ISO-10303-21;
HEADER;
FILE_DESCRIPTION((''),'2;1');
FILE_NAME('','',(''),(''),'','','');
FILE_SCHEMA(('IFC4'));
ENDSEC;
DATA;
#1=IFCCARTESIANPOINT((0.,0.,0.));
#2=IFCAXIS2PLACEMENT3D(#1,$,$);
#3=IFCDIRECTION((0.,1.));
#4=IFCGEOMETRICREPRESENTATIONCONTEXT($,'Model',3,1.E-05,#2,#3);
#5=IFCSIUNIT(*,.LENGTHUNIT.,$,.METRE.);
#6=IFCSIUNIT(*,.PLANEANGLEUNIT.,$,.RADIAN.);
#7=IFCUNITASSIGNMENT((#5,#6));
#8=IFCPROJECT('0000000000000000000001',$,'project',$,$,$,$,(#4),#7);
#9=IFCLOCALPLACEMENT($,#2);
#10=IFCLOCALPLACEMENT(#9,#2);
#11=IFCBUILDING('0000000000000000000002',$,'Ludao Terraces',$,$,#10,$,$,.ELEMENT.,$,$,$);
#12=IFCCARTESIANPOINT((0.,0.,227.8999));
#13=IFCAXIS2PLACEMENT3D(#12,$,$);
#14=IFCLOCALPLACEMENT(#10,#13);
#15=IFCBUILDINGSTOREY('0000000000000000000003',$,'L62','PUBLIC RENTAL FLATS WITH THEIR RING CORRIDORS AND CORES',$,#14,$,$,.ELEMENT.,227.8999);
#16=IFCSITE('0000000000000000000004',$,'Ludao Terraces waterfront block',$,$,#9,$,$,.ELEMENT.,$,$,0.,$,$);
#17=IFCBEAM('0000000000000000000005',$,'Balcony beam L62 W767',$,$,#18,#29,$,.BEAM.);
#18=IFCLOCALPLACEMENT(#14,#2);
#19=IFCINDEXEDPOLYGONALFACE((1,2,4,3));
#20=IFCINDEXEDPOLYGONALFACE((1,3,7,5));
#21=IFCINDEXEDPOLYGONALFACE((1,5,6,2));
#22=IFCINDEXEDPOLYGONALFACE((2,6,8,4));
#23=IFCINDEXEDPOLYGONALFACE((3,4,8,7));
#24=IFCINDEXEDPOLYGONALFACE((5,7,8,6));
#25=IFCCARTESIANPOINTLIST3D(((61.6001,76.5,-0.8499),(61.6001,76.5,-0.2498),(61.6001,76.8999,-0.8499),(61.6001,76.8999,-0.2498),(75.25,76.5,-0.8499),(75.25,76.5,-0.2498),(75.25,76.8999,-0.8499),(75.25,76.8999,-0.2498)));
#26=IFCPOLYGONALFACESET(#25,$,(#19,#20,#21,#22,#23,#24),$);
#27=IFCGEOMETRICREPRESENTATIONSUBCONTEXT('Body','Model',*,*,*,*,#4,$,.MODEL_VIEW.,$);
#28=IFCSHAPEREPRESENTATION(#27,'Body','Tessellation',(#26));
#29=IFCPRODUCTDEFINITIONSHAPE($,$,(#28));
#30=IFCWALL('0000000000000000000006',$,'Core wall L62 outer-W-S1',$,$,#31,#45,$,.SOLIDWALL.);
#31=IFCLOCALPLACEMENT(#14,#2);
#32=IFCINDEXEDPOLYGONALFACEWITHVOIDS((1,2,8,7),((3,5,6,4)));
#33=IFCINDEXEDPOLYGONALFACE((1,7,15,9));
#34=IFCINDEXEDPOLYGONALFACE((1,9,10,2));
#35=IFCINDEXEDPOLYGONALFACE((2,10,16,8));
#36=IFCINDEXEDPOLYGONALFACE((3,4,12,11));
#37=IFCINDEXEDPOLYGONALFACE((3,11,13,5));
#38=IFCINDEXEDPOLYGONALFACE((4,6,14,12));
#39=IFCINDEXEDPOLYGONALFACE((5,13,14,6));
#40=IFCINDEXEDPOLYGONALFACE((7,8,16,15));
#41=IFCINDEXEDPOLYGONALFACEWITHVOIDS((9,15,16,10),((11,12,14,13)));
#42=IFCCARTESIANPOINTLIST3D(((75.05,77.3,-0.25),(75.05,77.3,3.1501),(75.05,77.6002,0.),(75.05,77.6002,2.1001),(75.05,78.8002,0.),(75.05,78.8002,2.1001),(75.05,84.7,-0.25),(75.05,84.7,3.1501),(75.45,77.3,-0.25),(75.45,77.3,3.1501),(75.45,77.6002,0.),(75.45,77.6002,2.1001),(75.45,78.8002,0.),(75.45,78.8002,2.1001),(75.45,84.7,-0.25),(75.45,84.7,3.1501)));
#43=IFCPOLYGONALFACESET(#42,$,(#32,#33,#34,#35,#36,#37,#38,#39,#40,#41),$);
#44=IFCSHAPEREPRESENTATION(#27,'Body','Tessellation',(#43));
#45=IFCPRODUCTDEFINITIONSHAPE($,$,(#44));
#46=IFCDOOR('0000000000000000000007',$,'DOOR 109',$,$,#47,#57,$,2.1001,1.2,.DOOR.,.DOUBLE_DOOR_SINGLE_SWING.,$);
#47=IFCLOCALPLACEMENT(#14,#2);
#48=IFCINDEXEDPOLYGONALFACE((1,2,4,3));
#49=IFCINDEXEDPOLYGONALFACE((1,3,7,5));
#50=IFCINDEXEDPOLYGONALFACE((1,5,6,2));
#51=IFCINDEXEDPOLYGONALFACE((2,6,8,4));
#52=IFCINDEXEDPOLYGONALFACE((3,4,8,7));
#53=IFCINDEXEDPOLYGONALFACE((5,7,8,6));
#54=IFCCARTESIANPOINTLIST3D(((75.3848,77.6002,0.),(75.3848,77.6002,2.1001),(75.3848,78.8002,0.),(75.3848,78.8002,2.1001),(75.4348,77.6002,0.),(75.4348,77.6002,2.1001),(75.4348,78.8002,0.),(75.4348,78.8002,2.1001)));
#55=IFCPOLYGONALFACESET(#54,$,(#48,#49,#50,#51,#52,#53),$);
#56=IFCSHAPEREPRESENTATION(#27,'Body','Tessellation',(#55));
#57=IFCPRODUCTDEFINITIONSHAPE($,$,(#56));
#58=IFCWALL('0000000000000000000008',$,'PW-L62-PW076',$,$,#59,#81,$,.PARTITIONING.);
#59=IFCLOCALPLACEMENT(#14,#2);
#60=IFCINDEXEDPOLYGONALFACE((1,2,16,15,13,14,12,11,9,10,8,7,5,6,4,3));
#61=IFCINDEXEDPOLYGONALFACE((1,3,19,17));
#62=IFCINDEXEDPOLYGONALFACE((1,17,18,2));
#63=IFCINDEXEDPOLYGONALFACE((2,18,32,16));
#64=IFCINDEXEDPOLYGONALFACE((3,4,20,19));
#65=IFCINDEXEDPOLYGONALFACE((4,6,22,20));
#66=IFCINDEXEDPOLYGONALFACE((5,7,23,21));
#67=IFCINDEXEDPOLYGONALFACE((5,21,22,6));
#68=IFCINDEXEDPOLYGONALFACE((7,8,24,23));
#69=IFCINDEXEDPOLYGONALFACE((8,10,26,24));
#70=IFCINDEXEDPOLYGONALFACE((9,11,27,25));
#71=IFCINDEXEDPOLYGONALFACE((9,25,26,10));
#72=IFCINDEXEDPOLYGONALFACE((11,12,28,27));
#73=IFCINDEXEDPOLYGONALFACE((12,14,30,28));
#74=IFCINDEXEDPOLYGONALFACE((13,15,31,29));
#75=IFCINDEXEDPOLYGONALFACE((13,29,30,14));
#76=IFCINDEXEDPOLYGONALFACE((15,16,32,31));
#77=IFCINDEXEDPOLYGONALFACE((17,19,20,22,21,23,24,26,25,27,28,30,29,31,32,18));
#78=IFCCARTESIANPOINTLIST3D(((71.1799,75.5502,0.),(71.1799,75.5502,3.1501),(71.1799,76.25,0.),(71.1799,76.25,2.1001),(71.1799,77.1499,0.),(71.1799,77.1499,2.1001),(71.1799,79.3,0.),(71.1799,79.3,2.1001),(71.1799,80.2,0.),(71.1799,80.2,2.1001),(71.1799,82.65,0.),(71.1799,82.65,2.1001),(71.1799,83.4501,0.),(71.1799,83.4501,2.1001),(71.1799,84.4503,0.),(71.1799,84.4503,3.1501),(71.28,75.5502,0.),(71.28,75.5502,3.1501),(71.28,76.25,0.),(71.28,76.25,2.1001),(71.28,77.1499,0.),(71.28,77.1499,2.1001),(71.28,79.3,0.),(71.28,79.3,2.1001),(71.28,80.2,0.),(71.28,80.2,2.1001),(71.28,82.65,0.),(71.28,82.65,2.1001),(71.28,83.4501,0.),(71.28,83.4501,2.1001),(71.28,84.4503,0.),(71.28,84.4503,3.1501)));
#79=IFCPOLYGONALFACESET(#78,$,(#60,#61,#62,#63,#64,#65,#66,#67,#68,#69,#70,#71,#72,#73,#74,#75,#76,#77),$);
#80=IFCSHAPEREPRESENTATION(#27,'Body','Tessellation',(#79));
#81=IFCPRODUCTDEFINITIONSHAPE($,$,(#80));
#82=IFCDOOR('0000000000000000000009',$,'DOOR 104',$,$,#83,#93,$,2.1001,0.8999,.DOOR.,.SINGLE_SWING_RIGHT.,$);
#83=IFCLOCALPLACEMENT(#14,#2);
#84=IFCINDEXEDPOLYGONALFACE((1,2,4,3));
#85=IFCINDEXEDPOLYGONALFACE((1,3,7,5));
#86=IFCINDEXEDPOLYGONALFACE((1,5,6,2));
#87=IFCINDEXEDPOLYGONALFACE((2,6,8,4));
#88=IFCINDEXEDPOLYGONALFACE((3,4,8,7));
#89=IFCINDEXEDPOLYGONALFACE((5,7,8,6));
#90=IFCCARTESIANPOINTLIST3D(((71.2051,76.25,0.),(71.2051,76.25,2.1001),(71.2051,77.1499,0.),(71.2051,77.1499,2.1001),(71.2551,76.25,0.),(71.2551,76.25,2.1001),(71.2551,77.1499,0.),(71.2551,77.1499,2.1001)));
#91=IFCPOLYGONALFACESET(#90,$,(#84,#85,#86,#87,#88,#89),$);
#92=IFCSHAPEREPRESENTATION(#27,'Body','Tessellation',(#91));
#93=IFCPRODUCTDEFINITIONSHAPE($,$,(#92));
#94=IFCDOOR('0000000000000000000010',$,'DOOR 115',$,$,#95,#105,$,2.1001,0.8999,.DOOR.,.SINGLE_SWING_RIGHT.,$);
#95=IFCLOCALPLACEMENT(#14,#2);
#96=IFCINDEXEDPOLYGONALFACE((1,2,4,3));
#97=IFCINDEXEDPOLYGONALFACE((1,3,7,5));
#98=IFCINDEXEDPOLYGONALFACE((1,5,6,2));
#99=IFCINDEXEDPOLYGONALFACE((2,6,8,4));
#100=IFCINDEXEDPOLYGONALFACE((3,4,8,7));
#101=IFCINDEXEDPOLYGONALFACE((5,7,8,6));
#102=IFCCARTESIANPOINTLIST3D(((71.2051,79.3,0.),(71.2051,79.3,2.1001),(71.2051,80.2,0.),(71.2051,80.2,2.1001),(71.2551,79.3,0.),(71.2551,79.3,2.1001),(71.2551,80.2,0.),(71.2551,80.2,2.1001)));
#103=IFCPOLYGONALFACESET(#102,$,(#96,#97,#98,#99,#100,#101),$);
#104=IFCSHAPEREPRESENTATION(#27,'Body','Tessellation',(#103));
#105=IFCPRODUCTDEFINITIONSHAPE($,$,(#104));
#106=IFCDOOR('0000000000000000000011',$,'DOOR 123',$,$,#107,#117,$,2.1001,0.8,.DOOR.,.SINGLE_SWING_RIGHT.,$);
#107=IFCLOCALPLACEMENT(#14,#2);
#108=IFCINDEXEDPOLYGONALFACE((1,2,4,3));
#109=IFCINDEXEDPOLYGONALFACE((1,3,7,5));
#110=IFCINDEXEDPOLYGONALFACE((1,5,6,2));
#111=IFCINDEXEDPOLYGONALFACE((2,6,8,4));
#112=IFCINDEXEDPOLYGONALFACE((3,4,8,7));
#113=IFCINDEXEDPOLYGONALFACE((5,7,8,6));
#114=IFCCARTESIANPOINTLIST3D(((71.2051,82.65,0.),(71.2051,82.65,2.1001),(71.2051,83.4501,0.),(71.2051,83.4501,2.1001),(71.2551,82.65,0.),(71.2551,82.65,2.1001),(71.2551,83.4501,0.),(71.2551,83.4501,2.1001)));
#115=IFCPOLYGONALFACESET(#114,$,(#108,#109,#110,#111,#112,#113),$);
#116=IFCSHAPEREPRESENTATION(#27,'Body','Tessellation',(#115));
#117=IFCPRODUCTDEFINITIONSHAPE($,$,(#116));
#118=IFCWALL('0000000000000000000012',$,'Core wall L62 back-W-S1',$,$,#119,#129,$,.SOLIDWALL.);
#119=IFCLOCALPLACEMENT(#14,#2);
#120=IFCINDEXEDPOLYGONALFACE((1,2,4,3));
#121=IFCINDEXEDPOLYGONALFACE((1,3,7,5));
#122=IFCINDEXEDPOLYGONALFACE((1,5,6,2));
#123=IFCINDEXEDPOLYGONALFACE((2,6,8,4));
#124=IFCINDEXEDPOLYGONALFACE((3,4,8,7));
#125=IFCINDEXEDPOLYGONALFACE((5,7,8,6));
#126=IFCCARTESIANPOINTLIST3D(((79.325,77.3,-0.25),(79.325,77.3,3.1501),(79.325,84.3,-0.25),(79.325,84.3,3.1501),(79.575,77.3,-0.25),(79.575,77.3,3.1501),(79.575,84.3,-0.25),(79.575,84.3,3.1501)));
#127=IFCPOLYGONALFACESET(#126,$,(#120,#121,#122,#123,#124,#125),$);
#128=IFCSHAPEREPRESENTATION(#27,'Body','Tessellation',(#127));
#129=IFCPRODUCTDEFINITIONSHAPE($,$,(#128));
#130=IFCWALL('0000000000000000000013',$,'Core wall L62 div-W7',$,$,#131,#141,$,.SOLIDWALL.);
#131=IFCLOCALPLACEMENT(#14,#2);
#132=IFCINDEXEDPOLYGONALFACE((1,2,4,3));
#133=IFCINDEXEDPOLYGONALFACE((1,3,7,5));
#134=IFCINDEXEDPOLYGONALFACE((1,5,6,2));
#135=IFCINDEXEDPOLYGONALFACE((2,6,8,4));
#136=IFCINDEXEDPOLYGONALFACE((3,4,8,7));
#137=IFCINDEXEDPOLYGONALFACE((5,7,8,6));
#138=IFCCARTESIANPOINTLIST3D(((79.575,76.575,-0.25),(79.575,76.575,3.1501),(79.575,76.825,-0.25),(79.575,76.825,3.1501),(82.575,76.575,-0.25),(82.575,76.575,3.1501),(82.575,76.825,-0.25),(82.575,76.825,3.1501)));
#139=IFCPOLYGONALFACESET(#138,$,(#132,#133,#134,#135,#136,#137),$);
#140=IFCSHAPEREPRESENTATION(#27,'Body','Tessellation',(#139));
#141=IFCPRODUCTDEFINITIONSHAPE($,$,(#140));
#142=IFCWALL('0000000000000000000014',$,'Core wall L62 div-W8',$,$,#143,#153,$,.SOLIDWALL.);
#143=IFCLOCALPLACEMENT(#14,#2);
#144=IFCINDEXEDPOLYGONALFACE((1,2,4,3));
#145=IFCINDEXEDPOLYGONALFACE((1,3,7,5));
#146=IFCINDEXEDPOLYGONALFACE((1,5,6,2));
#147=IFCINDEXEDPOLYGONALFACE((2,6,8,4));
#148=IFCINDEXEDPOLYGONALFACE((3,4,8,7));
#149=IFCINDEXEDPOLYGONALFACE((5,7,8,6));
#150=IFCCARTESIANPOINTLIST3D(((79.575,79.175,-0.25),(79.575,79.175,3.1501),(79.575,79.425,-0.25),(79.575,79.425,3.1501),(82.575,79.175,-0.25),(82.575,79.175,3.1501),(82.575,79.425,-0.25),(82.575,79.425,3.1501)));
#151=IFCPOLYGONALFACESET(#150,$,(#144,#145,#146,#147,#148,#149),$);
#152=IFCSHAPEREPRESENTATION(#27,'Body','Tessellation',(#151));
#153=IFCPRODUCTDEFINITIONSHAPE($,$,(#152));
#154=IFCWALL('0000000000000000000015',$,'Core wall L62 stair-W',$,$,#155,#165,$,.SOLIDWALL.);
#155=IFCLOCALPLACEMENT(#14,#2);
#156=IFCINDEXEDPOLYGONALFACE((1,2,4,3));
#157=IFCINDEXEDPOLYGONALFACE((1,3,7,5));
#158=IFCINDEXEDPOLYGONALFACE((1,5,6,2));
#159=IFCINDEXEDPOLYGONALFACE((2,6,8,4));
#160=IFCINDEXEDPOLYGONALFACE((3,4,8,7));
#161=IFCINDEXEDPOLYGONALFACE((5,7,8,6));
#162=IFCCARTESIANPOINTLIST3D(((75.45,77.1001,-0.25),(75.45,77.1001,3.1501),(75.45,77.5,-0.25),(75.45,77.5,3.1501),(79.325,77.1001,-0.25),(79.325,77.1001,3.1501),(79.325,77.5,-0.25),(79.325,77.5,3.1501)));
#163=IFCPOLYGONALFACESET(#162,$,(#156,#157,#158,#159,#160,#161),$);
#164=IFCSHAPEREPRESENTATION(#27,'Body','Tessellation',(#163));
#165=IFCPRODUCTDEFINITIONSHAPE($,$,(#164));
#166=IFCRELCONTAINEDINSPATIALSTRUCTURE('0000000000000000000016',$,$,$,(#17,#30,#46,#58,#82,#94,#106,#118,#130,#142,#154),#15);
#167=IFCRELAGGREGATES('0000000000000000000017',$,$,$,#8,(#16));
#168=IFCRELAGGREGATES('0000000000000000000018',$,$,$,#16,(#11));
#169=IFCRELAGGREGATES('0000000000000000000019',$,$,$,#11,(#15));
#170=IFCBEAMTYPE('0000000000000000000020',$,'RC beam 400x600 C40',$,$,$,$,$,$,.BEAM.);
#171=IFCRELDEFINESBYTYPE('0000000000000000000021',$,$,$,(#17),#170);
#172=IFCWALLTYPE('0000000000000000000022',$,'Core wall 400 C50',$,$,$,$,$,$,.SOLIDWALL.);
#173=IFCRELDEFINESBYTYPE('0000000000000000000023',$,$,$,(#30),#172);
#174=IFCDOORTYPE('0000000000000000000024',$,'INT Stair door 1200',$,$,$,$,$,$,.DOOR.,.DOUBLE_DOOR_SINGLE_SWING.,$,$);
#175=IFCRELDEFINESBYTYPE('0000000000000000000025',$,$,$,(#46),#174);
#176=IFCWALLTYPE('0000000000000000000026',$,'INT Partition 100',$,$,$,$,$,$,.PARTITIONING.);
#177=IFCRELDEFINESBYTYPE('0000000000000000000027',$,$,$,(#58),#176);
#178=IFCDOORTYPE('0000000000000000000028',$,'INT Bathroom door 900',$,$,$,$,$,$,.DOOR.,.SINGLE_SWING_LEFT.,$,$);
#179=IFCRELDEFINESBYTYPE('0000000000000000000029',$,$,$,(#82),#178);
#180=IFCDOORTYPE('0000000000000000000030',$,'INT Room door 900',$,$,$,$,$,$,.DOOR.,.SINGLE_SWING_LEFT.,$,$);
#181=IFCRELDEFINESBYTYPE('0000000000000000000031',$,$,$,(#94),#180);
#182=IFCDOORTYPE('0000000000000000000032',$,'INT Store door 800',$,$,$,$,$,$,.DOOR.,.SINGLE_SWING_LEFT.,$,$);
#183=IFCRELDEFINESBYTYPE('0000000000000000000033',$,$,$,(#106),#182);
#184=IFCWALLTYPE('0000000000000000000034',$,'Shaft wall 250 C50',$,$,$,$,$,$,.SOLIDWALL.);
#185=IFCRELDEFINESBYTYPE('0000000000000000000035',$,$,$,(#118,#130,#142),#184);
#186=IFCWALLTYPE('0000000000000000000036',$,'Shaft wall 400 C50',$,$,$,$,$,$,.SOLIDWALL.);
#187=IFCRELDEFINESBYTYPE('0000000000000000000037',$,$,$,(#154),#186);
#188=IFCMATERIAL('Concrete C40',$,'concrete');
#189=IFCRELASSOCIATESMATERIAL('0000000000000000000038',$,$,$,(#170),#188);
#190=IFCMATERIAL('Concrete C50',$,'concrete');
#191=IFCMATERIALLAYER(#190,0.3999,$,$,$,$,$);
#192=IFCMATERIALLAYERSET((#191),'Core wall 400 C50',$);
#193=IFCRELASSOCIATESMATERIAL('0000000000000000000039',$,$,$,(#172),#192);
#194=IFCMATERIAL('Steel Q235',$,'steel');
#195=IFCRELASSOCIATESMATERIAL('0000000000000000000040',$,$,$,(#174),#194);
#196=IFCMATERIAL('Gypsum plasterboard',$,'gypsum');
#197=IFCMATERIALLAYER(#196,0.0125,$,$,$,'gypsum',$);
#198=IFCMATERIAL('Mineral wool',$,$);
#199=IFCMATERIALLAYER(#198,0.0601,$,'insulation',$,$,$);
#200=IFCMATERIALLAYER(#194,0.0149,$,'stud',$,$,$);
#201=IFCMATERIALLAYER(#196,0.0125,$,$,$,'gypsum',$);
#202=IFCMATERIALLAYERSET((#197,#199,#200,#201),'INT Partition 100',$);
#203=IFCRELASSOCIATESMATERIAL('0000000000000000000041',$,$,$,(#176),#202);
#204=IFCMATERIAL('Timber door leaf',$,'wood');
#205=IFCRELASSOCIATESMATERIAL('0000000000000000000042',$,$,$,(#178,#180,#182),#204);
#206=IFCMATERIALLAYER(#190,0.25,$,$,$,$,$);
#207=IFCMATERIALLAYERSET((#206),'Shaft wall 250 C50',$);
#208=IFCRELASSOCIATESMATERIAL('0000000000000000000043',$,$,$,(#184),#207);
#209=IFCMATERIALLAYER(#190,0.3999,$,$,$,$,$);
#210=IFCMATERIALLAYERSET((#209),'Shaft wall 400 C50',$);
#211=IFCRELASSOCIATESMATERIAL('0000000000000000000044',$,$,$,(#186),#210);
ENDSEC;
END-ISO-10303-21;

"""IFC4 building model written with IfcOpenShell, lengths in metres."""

from ifc_helpers import new_model, si_unit, direction, frame, frame_2d, origin, origin_2d, place, context, subcontext, project, spatial, rectangle, extrude, material, layer, layer_set, material_profile, profile_set, type_object, element, fill, save


model = new_model("IFC4")

# Units and contexts
model_context = context("Model", 3, precision=1e-05, world=origin(), true_north=direction((0.0, 1.0)))
body_context = subcontext(model_context, "Body", "Model", "MODEL_VIEW")
ifc_project = project(units=[si_unit("LENGTHUNIT", "METRE"), si_unit("PLANEANGLEUNIT", "RADIAN")], contexts=[model_context])

# Site, building, storey
site_placement = place(None, origin())
site = spatial("IfcSite", under=ifc_project, at=site_placement, Name="Ludao Terraces waterfront block", CompositionType="ELEMENT", RefElevation=0.0)
building_placement = place(site_placement, origin())
building = spatial("IfcBuilding", under=site, at=building_placement, Name="Ludao Terraces", CompositionType="ELEMENT")
storey_placement = place(building_placement, frame((0.0, 0.0, 227.8999)))
storey = spatial("IfcBuildingStorey", under=building, at=storey_placement, Name="L62", Description="PUBLIC RENTAL FLATS WITH THEIR RING CORRIDORS AND CORES", CompositionType="ELEMENT", Elevation=227.8999)

# Beam
ifc_material_1 = material(Name="Concrete C40", Category="concrete")
ifc_material_profile = material_profile(ifc_material_1, rectangle(XDim=0.3999, YDim=0.6001, at=origin_2d()), Name="400 X 600")
ifc_profile_set = profile_set([ifc_material_profile], Name="Concrete C40")
beam_type = type_object("IfcBeamType", Name="RC beam 400x600 C40", PredefinedType="BEAM", material=ifc_profile_set)
beam_placement = place(storey_placement, frame((75.25, 76.7, -0.5498), z_axis=(-1.0, 0.0, 0.0), x_axis=(0.0, -1.0, 0.0)))
element("IfcBeam", 1, at=beam_placement, inside=storey, type_object=beam_type, Name="Balcony beam L62 W767", PredefinedType="BEAM", context=body_context, shape_type="SweptSolid", body=[
    extrude(rectangle(XDim=0.3999, YDim=0.6001, at=origin_2d()), origin(), (0.0, 0.0, 1.0), 13.6499),
])

# Wall, opening, door
ifc_material_2 = material(Name="Concrete C50", Category="concrete")
ifc_layer_1 = layer(ifc_material_2, 0.3999)
ifc_layer_set_1 = layer_set([ifc_layer_1], Name="Core wall 400 C50")
wall_type_1 = type_object("IfcWallType", Name="Core wall 400 C50", PredefinedType="SOLIDWALL", material=ifc_layer_set_1)
wall_1_placement = place(storey_placement, frame((75.25, 77.3, -0.25), z_axis=(0.0, 0.0, 1.0), x_axis=(0.0, 1.0, 0.0)))
wall_1 = element("IfcWall", 2, at=wall_1_placement, inside=storey, type_object=wall_type_1, Name="Core wall L62 outer-W-S1", PredefinedType="SOLIDWALL", context=body_context, shape_type="SweptSolid", body=[
    extrude(rectangle(XDim=7.3999, YDim=0.3999, at=frame_2d((3.7, 0.0))), origin(), (0.0, 0.0, 1.0), 3.4001),
])
opening_1_placement = place(wall_1_placement, frame((0.3, 0.0, 0.25)))
opening_1 = element("IfcOpeningElement", 3, at=opening_1_placement, cuts=wall_1, PredefinedType="OPENING", context=body_context, shape_type="SweptSolid", body=[
    extrude(rectangle(XDim=1.2, YDim=2.1001, at=frame_2d((0.6001, 1.05))), frame((0.0, 0.21, 0.0), z_axis=(0.0, -1.0, 0.0), x_axis=(1.0, 0.0, 0.0)), (0.0, 0.0, 1.0), 0.4199),
])
ifc_material_3 = material(Name="Steel Q235", Category="steel")
door_type_1 = type_object("IfcDoorType", Name="INT Stair door 1200", OperationType="DOUBLE_DOOR_SINGLE_SWING", PredefinedType="DOOR", material=ifc_material_3)
door_1_placement = place(opening_1_placement, origin())
door_1 = element("IfcDoor", 4, at=door_1_placement, inside=storey, type_object=door_type_1, Name="DOOR 109", OperationType="DOUBLE_DOOR_SINGLE_SWING", OverallHeight=2.1001, OverallWidth=1.2, PredefinedType="DOOR", context=body_context, shape_type="SweptSolid", body=[
    extrude(rectangle(XDim=1.2, YDim=2.1001, at=frame_2d((0.6001, 1.05))), frame((0.0, -0.1348, 0.0), z_axis=(0.0, -1.0, 0.0), x_axis=(1.0, 0.0, 0.0)), (0.0, 0.0, 1.0), 0.05),
])
fill(opening_1, door_1)

# Wall, openings, doors
ifc_material_4 = material(Name="Gypsum plasterboard", Category="gypsum")
ifc_layer_2 = layer(ifc_material_4, 0.0125, Category="gypsum")
ifc_material_5 = material(Name="Mineral wool")
ifc_layer_3 = layer(ifc_material_5, 0.0601, Name="insulation")
ifc_layer_4 = layer(ifc_material_3, 0.0149, Name="stud")
ifc_layer_5 = layer(ifc_material_4, 0.0125, Category="gypsum")
ifc_layer_set_2 = layer_set([ifc_layer_2, ifc_layer_3, ifc_layer_4, ifc_layer_5], Name="INT Partition 100")
wall_type_2 = type_object("IfcWallType", Name="INT Partition 100", PredefinedType="PARTITIONING", material=ifc_layer_set_2)
wall_2_placement = place(storey_placement, frame((71.23, 75.55, 0.0), z_axis=(0.0, 0.0, 1.0), x_axis=(0.0, 1.0, 0.0)))
wall_2 = element("IfcWall", 5, at=wall_2_placement, inside=storey, type_object=wall_type_2, Name="PW-L62-PW076", PredefinedType="PARTITIONING", context=body_context, shape_type="SweptSolid", body=[
    extrude(rectangle(XDim=8.9001, YDim=0.1001, at=frame_2d((4.4502, 0.0))), origin(), (0.0, 0.0, 1.0), 3.1501),
])
opening_2_placement = place(wall_2_placement, frame((0.7, 0.0, 0.0)))
opening_2 = element("IfcOpeningElement", 6, at=opening_2_placement, cuts=wall_2, PredefinedType="OPENING", context=body_context, shape_type="SweptSolid", body=[
    extrude(rectangle(XDim=0.8999, YDim=2.1001, at=frame_2d((0.45, 1.05))), frame((0.0, 0.0601, 0.0), z_axis=(0.0, -1.0, 0.0), x_axis=(1.0, 0.0, 0.0)), (0.0, 0.0, 1.0), 0.1201),
])
opening_3_placement = place(wall_2_placement, frame((3.75, 0.0, 0.0)))
opening_3 = element("IfcOpeningElement", 7, at=opening_3_placement, cuts=wall_2, PredefinedType="OPENING", context=body_context, shape_type="SweptSolid", body=[
    extrude(rectangle(XDim=0.8999, YDim=2.1001, at=frame_2d((0.45, 1.05))), frame((0.0, 0.0601, 0.0), z_axis=(0.0, -1.0, 0.0), x_axis=(1.0, 0.0, 0.0)), (0.0, 0.0, 1.0), 0.1201),
])
opening_4_placement = place(wall_2_placement, frame((7.1001, 0.0, 0.0)))
opening_4 = element("IfcOpeningElement", 8, at=opening_4_placement, cuts=wall_2, PredefinedType="OPENING", context=body_context, shape_type="SweptSolid", body=[
    extrude(rectangle(XDim=0.8, YDim=2.1001, at=frame_2d((0.3999, 1.05))), frame((0.0, 0.0601, 0.0), z_axis=(0.0, -1.0, 0.0), x_axis=(1.0, 0.0, 0.0)), (0.0, 0.0, 1.0), 0.1201),
])
ifc_material_6 = material(Name="Timber door leaf", Category="wood")
door_type_2 = type_object("IfcDoorType", Name="INT Bathroom door 900", OperationType="SINGLE_SWING_LEFT", PredefinedType="DOOR", material=ifc_material_6)
door_2_placement = place(opening_2_placement, origin())
door_2 = element("IfcDoor", 9, at=door_2_placement, inside=storey, type_object=door_type_2, Name="DOOR 104", OperationType="SINGLE_SWING_RIGHT", OverallHeight=2.1001, OverallWidth=0.8999, PredefinedType="DOOR", context=body_context, shape_type="SweptSolid", body=[
    extrude(rectangle(XDim=0.8999, YDim=2.1001, at=frame_2d((0.45, 1.05))), frame((0.0, 0.0249, 0.0), z_axis=(0.0, -1.0, 0.0), x_axis=(1.0, 0.0, 0.0)), (0.0, 0.0, 1.0), 0.05),
])
fill(opening_2, door_2)
door_type_3 = type_object("IfcDoorType", Name="INT Room door 900", OperationType="SINGLE_SWING_LEFT", PredefinedType="DOOR", material=ifc_material_6)
door_3_placement = place(opening_3_placement, origin())
door_3 = element("IfcDoor", 10, at=door_3_placement, inside=storey, type_object=door_type_3, Name="DOOR 115", OperationType="SINGLE_SWING_RIGHT", OverallHeight=2.1001, OverallWidth=0.8999, PredefinedType="DOOR", context=body_context, shape_type="SweptSolid", body=[
    extrude(rectangle(XDim=0.8999, YDim=2.1001, at=frame_2d((0.45, 1.05))), frame((0.0, 0.0249, 0.0), z_axis=(0.0, -1.0, 0.0), x_axis=(1.0, 0.0, 0.0)), (0.0, 0.0, 1.0), 0.05),
])
fill(opening_3, door_3)
door_type_4 = type_object("IfcDoorType", Name="INT Store door 800", OperationType="SINGLE_SWING_LEFT", PredefinedType="DOOR", material=ifc_material_6)
door_4_placement = place(opening_4_placement, origin())
door_4 = element("IfcDoor", 11, at=door_4_placement, inside=storey, type_object=door_type_4, Name="DOOR 123", OperationType="SINGLE_SWING_RIGHT", OverallHeight=2.1001, OverallWidth=0.8, PredefinedType="DOOR", context=body_context, shape_type="SweptSolid", body=[
    extrude(rectangle(XDim=0.8, YDim=2.1001, at=frame_2d((0.3999, 1.05))), frame((0.0, 0.0249, 0.0), z_axis=(0.0, -1.0, 0.0), x_axis=(1.0, 0.0, 0.0)), (0.0, 0.0, 1.0), 0.05),
])
fill(opening_4, door_4)

# Walls
ifc_layer_6 = layer(ifc_material_2, 0.25)
ifc_layer_set_3 = layer_set([ifc_layer_6], Name="Shaft wall 250 C50")
wall_type_3 = type_object("IfcWallType", Name="Shaft wall 250 C50", PredefinedType="SOLIDWALL", material=ifc_layer_set_3)
wall_3_placement = place(storey_placement, frame((79.45, 77.3, -0.25), z_axis=(0.0, 0.0, 1.0), x_axis=(0.0, 1.0, 0.0)))
element("IfcWall", 12, at=wall_3_placement, inside=storey, type_object=wall_type_3, Name="Core wall L62 back-W-S1", PredefinedType="SOLIDWALL", context=body_context, shape_type="SweptSolid", body=[
    extrude(rectangle(XDim=7.0, YDim=0.25, at=frame_2d((3.5, 0.0))), origin(), (0.0, 0.0, 1.0), 3.4001),
])
for number, where, z_axis, x_axis, name in (
    (13, (79.575, 76.7, -0.25), (0.0, 0.0, 1.0), (1.0, 0.0, 0.0), "Core wall L62 div-W7"),
    (14, (79.575, 79.3, -0.25), (0.0, 0.0, 1.0), (1.0, 0.0, 0.0), "Core wall L62 div-W8"),
):
    element("IfcWall", number, at=place(storey_placement, frame(where, z_axis=z_axis, x_axis=x_axis)), inside=storey, type_object=wall_type_3, Name=name, PredefinedType="SOLIDWALL", context=body_context, shape_type="SweptSolid", body=[
        extrude(rectangle(XDim=3.0, YDim=0.25, at=frame_2d((1.5, 0.0))), origin(), (0.0, 0.0, 1.0), 3.4001),
    ])
ifc_layer_7 = layer(ifc_material_2, 0.3999)
ifc_layer_set_4 = layer_set([ifc_layer_7], Name="Shaft wall 400 C50")
wall_type_4 = type_object("IfcWallType", Name="Shaft wall 400 C50", PredefinedType="SOLIDWALL", material=ifc_layer_set_4)
wall_4_placement = place(storey_placement, frame((75.45, 77.3, -0.25), z_axis=(0.0, 0.0, 1.0), x_axis=(1.0, 0.0, 0.0)))
element("IfcWall", 15, at=wall_4_placement, inside=storey, type_object=wall_type_4, Name="Core wall L62 stair-W", PredefinedType="SOLIDWALL", context=body_context, shape_type="SweptSolid", body=[
    extrude(rectangle(XDim=3.875, YDim=0.3999, at=frame_2d((1.9375, 0.0))), origin(), (0.0, 0.0, 1.0), 3.4001),
])

save(model, "model.ifc")
